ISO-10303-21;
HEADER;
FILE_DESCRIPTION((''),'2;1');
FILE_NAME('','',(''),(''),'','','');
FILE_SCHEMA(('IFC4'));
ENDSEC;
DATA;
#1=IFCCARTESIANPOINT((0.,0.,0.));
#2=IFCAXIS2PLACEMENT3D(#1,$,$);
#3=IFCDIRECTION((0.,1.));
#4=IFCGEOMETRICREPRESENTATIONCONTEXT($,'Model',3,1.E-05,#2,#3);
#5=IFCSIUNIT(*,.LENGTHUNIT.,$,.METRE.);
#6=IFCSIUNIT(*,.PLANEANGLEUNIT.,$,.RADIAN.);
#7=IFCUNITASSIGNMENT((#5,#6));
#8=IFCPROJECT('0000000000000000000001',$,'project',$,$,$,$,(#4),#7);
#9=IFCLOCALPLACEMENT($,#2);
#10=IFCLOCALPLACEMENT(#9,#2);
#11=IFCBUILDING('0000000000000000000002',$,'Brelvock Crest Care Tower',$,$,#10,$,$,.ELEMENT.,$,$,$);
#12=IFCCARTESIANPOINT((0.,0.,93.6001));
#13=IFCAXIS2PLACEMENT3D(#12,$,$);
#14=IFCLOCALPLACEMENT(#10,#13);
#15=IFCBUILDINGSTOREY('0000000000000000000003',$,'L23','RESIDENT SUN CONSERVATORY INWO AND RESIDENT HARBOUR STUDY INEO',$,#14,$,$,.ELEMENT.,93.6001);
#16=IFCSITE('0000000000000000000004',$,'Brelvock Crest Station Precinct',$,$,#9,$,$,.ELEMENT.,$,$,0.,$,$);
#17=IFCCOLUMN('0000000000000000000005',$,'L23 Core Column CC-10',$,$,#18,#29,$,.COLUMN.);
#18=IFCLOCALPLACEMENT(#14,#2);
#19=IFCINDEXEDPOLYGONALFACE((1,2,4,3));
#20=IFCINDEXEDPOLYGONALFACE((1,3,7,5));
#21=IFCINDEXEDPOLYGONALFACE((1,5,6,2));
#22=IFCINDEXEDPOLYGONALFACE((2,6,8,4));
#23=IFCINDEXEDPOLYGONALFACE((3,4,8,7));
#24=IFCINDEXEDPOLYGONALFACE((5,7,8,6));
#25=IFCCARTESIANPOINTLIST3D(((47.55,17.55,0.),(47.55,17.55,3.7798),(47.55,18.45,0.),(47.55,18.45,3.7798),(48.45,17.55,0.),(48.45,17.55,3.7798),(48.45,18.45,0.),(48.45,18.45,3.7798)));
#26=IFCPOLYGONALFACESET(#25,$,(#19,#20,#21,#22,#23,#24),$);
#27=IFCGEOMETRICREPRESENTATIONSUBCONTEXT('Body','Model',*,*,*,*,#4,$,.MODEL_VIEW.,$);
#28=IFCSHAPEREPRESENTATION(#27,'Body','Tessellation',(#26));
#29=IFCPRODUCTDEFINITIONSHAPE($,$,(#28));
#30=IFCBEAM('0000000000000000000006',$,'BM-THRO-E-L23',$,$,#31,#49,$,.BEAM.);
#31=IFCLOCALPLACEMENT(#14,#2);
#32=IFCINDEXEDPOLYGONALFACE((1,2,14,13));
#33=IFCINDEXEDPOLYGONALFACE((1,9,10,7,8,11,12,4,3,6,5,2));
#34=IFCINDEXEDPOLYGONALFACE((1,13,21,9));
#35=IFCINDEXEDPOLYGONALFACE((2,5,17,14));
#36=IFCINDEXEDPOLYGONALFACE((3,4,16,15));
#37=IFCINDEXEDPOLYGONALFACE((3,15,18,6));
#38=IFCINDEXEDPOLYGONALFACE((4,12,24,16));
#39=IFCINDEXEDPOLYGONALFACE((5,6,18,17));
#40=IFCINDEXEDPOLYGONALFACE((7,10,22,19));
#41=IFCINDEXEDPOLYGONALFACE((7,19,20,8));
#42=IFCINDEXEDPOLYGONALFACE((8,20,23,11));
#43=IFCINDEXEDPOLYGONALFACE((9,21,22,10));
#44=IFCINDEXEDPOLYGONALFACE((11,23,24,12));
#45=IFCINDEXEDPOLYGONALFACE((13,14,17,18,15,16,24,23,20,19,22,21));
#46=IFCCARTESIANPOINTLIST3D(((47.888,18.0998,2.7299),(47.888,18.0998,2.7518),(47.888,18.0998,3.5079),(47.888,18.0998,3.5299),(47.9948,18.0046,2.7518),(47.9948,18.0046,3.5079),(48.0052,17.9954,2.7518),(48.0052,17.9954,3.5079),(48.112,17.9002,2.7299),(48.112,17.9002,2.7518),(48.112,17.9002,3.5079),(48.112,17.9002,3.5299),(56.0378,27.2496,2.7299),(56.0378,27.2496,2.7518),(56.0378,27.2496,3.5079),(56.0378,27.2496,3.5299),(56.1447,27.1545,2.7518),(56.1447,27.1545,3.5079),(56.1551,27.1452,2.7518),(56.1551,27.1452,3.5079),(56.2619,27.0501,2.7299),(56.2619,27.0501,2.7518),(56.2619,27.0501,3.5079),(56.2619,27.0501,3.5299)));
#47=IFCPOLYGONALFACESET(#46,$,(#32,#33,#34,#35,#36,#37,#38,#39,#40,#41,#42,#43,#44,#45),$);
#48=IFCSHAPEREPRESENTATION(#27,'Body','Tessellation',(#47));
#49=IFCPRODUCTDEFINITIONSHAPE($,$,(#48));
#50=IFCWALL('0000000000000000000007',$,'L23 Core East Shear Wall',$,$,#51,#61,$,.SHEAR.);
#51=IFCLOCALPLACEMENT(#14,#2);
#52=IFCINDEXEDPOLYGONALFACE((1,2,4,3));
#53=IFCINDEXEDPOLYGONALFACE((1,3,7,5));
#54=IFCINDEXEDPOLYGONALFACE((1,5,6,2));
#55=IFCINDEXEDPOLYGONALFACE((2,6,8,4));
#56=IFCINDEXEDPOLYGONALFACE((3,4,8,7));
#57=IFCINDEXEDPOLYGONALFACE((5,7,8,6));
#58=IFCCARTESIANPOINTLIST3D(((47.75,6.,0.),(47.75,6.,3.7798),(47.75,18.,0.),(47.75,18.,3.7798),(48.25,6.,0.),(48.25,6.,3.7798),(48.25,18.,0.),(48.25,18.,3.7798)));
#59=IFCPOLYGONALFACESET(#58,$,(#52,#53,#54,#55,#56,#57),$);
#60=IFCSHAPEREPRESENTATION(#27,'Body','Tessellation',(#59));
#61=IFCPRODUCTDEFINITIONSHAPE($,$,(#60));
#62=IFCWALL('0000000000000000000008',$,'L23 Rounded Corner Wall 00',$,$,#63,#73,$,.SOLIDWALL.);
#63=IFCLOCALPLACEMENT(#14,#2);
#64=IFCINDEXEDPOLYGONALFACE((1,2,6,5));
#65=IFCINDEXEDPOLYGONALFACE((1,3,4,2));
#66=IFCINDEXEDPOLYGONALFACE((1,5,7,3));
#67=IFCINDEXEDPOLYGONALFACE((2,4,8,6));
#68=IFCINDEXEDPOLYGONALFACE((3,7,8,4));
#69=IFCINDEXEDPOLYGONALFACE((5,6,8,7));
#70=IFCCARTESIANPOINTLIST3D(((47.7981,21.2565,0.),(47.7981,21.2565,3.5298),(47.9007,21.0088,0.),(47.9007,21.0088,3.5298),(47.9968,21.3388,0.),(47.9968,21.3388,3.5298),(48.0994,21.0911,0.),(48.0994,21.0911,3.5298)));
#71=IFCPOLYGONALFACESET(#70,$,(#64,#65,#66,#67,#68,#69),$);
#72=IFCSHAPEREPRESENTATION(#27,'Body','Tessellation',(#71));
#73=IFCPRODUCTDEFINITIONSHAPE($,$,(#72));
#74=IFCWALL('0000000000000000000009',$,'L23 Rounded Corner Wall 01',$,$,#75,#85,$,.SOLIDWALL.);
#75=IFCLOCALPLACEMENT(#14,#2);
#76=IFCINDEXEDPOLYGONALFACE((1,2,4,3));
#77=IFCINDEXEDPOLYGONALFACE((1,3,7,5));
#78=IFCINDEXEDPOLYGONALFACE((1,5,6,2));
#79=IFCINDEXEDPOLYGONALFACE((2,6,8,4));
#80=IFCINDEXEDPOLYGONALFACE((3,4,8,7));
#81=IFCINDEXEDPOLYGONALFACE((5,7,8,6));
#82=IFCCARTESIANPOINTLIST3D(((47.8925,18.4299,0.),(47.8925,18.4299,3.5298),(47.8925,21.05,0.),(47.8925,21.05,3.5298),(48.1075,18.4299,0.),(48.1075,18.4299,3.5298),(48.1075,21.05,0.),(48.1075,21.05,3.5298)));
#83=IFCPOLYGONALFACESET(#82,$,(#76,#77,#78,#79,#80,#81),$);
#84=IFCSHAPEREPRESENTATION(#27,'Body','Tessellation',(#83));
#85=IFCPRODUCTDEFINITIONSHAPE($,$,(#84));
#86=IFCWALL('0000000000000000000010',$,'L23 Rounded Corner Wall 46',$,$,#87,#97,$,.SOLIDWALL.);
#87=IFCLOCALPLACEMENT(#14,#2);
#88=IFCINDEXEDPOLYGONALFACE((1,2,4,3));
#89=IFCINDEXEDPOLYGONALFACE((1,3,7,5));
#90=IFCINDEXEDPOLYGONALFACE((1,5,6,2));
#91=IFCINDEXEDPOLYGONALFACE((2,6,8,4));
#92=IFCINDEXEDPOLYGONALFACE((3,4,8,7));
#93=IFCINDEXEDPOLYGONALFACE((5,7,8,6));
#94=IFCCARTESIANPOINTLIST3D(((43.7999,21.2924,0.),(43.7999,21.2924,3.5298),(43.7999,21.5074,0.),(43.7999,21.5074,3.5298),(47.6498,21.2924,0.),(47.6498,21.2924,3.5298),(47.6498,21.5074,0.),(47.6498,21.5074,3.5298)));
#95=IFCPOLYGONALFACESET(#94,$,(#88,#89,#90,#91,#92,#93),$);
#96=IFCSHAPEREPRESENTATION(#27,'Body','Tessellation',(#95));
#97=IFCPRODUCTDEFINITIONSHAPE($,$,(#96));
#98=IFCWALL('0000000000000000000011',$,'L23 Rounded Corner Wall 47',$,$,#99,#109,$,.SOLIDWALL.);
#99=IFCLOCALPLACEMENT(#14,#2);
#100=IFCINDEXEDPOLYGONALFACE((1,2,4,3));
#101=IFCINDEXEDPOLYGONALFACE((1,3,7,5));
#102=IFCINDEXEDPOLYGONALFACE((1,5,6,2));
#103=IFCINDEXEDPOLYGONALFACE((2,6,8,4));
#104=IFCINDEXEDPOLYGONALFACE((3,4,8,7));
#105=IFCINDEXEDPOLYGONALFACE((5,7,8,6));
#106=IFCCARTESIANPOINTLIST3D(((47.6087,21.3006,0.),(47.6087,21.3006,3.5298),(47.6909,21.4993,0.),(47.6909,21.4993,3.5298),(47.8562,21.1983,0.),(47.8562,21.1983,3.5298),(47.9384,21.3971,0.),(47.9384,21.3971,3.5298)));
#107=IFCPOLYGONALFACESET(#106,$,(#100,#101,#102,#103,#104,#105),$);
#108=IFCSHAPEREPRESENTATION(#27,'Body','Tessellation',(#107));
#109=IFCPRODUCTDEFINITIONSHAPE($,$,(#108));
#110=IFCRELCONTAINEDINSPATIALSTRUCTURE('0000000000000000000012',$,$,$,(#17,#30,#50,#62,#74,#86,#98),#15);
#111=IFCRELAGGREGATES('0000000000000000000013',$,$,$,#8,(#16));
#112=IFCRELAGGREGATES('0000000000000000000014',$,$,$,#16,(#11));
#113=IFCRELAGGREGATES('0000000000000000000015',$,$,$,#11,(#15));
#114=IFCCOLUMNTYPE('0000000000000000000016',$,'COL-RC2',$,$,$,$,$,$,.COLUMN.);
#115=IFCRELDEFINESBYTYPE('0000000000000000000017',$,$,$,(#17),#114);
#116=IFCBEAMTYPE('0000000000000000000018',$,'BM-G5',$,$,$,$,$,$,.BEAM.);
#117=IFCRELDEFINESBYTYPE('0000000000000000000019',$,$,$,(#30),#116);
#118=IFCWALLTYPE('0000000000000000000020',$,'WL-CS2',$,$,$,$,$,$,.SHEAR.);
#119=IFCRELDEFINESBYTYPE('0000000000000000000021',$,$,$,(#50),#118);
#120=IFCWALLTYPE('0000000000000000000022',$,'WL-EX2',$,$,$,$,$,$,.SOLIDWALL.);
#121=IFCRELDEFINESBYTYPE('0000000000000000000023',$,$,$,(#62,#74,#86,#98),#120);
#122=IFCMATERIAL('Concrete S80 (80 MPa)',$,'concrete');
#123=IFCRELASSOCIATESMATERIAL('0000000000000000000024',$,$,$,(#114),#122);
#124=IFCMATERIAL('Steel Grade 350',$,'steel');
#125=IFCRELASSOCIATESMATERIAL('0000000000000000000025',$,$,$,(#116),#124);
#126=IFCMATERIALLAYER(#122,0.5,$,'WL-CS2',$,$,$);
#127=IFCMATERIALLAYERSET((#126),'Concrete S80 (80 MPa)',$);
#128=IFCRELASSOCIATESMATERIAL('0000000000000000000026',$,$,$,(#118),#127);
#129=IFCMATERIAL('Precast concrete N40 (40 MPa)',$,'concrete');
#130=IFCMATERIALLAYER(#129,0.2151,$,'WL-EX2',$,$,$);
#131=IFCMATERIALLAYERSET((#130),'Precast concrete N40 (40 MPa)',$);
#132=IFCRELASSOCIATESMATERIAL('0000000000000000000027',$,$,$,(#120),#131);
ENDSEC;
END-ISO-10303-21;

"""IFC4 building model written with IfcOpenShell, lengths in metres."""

from ifc_helpers import new_model, si_unit, direction, frame, frame_2d, origin, origin_2d, place, context, subcontext, project, spatial, rectangle, i_section, extrude, source, transform, mapped, material, layer, layer_set, material_profile, profile_set, type_object, element, save


model = new_model("IFC4")

# Units and contexts
model_context = context("Model", 3, precision=1e-05, world=origin(), true_north=direction((0.0, 1.0)))
body_context = subcontext(model_context, "Body", "Model", "MODEL_VIEW")
ifc_project = project(units=[si_unit("LENGTHUNIT", "METRE"), si_unit("PLANEANGLEUNIT", "RADIAN")], contexts=[model_context])

# Site, building, storey
site_placement = place(None, origin())
site = spatial("IfcSite", under=ifc_project, at=site_placement, Name="Brelvock Crest Station Precinct", CompositionType="ELEMENT", RefElevation=0.0)
building_placement = place(site_placement, origin())
building = spatial("IfcBuilding", under=site, at=building_placement, Name="Brelvock Crest Care Tower", CompositionType="ELEMENT")
storey_placement = place(building_placement, frame((0.0, 0.0, 93.6001)))
storey = spatial("IfcBuildingStorey", under=building, at=storey_placement, Name="L23", Description="RESIDENT SUN CONSERVATORY INWO AND RESIDENT HARBOUR STUDY INEO", CompositionType="ELEMENT", Elevation=93.6001)

# Column
ifc_material_1 = material(Name="Concrete S80 (80 MPa)", Category="concrete")
ifc_material_profile_1 = material_profile(ifc_material_1, rectangle(XDim=0.8999, YDim=0.8999, at=origin_2d()), Name="RC900x900")
ifc_profile_set_1 = profile_set([ifc_material_profile_1], Name="Concrete S80 (80 MPa)")
column_type = type_object("IfcColumnType", Name="COL-RC2", PredefinedType="COLUMN", material=ifc_profile_set_1)
shared_shape_1 = source(origin(), body_context, "Body", "SweptSolid", [
    extrude(rectangle(XDim=0.8999, YDim=0.8999, at=origin_2d()), origin(), (0.0, 0.0, 1.0), 3.7798),
])
column_placement = place(storey_placement, frame((48.0, 18.0, 0.0), z_axis=(0.0, 0.0, 1.0), x_axis=(1.0, 0.0, 0.0)))
element("IfcColumn", 1, at=column_placement, inside=storey, type_object=column_type, Name="L23 Core Column CC-10", PredefinedType="COLUMN", context=body_context, shape_type="MappedRepresentation", body=[
    mapped(shared_shape_1, transform((0.0, 0.0, 0.0), x_axis=(1.0, 0.0, 0.0), y_axis=(0.0, 1.0, 0.0), z_axis=(0.0, 0.0, 1.0), scale=1.0)),
])

# Beam
ifc_material_2 = material(Name="Steel Grade 350", Category="steel")
ifc_material_profile_2 = material_profile(ifc_material_2, i_section(OverallWidth=0.3, OverallDepth=0.8, WebThickness=0.0139, FlangeThickness=0.022, at=origin_2d()), Name="800WB192")
ifc_profile_set_2 = profile_set([ifc_material_profile_2], Name="Steel Grade 350")
beam_type = type_object("IfcBeamType", Name="BM-G5", PredefinedType="BEAM", material=ifc_profile_set_2)
shared_shape_2 = source(origin(), body_context, "Body", "SweptSolid", [
    extrude(i_section(OverallWidth=0.3, OverallDepth=0.8, WebThickness=0.0139, FlangeThickness=0.022, at=origin_2d()), origin(), (0.0, 0.0, 1.0), 12.2532),
])
beam_placement = place(storey_placement, frame((48.0, 18.0, 3.1299), z_axis=(0.665123, 0.746734, 0.0), x_axis=(-0.746734, 0.665123, 0.0)))
element("IfcBeam", 2, at=beam_placement, inside=storey, type_object=beam_type, Name="BM-THRO-E-L23", PredefinedType="BEAM", context=body_context, shape_type="MappedRepresentation", body=[
    mapped(shared_shape_2, transform((0.0, 0.0, 0.0), x_axis=(1.0, 0.0, 0.0), y_axis=(0.0, 1.0, 0.0), z_axis=(0.0, 0.0, 1.0), scale=1.0)),
])

# Walls
ifc_layer_1 = layer(ifc_material_1, 0.5, Name="WL-CS2")
ifc_layer_set_1 = layer_set([ifc_layer_1], Name="Concrete S80 (80 MPa)")
wall_type_1 = type_object("IfcWallType", Name="WL-CS2", PredefinedType="SHEAR", material=ifc_layer_set_1)
wall_1_placement = place(storey_placement, frame((48.0, 18.0, 0.0), z_axis=(0.0, 0.0, 1.0), x_axis=(0.0, -1.0, 0.0)))
element("IfcWall", 3, at=wall_1_placement, inside=storey, type_object=wall_type_1, Name="L23 Core East Shear Wall", PredefinedType="SHEAR", context=body_context, shape_type="SweptSolid", body=[
    extrude(rectangle(XDim=12.0, YDim=0.5, at=frame_2d((6.0, 0.0))), origin(), (0.0, 0.0, 1.0), 3.7798),
])
ifc_material_3 = material(Name="Precast concrete N40 (40 MPa)", Category="concrete")
ifc_layer_2 = layer(ifc_material_3, 0.2151, Name="WL-EX2")
ifc_layer_set_2 = layer_set([ifc_layer_2], Name="Precast concrete N40 (40 MPa)")
wall_type_2 = type_object("IfcWallType", Name="WL-EX2", PredefinedType="SOLIDWALL", material=ifc_layer_set_2)
wall_2_placement = place(storey_placement, frame((47.8975, 21.2976, 0.0), z_axis=(0.0, 0.0, 1.0), x_axis=(0.382674, -0.923884, 0.0)))
element("IfcWall", 4, at=wall_2_placement, inside=storey, type_object=wall_type_2, Name="L23 Rounded Corner Wall 00", PredefinedType="SOLIDWALL", context=body_context, shape_type="SweptSolid", body=[
    extrude(rectangle(XDim=0.2681, YDim=0.2151, at=frame_2d((0.134, 0.0))), origin(), (0.0, 0.0, 1.0), 3.5298),
])
wall_3_placement = place(storey_placement, frame((48.0, 21.05, 0.0), z_axis=(0.0, 0.0, 1.0), x_axis=(0.0, -1.0, 0.0)))
element("IfcWall", 5, at=wall_3_placement, inside=storey, type_object=wall_type_2, Name="L23 Rounded Corner Wall 01", PredefinedType="SOLIDWALL", context=body_context, shape_type="SweptSolid", body=[
    extrude(rectangle(XDim=2.6201, YDim=0.2151, at=frame_2d((1.3101, 0.0))), origin(), (0.0, 0.0, 1.0), 3.5298),
])
wall_4_placement = place(storey_placement, frame((43.8, 21.3999, 0.0), z_axis=(0.0, 0.0, 1.0), x_axis=(1.0, 0.0, 0.0)))
element("IfcWall", 6, at=wall_4_placement, inside=storey, type_object=wall_type_2, Name="L23 Rounded Corner Wall 46", PredefinedType="SOLIDWALL", context=body_context, shape_type="SweptSolid", body=[
    extrude(rectangle(XDim=3.8499, YDim=0.2151, at=frame_2d((1.9248, 0.0))), origin(), (0.0, 0.0, 1.0), 3.5298),
])
wall_5_placement = place(storey_placement, frame((47.6499, 21.3999, 0.0), z_axis=(0.0, 0.0, 1.0), x_axis=(0.924205, -0.381896, 0.0)))
element("IfcWall", 7, at=wall_5_placement, inside=storey, type_object=wall_type_2, Name="L23 Rounded Corner Wall 47", PredefinedType="SOLIDWALL", context=body_context, shape_type="SweptSolid", body=[
    extrude(rectangle(XDim=0.2678, YDim=0.2151, at=frame_2d((0.1338, 0.0))), origin(), (0.0, 0.0, 1.0), 3.5298),
])

save(model, "model.ifc")
